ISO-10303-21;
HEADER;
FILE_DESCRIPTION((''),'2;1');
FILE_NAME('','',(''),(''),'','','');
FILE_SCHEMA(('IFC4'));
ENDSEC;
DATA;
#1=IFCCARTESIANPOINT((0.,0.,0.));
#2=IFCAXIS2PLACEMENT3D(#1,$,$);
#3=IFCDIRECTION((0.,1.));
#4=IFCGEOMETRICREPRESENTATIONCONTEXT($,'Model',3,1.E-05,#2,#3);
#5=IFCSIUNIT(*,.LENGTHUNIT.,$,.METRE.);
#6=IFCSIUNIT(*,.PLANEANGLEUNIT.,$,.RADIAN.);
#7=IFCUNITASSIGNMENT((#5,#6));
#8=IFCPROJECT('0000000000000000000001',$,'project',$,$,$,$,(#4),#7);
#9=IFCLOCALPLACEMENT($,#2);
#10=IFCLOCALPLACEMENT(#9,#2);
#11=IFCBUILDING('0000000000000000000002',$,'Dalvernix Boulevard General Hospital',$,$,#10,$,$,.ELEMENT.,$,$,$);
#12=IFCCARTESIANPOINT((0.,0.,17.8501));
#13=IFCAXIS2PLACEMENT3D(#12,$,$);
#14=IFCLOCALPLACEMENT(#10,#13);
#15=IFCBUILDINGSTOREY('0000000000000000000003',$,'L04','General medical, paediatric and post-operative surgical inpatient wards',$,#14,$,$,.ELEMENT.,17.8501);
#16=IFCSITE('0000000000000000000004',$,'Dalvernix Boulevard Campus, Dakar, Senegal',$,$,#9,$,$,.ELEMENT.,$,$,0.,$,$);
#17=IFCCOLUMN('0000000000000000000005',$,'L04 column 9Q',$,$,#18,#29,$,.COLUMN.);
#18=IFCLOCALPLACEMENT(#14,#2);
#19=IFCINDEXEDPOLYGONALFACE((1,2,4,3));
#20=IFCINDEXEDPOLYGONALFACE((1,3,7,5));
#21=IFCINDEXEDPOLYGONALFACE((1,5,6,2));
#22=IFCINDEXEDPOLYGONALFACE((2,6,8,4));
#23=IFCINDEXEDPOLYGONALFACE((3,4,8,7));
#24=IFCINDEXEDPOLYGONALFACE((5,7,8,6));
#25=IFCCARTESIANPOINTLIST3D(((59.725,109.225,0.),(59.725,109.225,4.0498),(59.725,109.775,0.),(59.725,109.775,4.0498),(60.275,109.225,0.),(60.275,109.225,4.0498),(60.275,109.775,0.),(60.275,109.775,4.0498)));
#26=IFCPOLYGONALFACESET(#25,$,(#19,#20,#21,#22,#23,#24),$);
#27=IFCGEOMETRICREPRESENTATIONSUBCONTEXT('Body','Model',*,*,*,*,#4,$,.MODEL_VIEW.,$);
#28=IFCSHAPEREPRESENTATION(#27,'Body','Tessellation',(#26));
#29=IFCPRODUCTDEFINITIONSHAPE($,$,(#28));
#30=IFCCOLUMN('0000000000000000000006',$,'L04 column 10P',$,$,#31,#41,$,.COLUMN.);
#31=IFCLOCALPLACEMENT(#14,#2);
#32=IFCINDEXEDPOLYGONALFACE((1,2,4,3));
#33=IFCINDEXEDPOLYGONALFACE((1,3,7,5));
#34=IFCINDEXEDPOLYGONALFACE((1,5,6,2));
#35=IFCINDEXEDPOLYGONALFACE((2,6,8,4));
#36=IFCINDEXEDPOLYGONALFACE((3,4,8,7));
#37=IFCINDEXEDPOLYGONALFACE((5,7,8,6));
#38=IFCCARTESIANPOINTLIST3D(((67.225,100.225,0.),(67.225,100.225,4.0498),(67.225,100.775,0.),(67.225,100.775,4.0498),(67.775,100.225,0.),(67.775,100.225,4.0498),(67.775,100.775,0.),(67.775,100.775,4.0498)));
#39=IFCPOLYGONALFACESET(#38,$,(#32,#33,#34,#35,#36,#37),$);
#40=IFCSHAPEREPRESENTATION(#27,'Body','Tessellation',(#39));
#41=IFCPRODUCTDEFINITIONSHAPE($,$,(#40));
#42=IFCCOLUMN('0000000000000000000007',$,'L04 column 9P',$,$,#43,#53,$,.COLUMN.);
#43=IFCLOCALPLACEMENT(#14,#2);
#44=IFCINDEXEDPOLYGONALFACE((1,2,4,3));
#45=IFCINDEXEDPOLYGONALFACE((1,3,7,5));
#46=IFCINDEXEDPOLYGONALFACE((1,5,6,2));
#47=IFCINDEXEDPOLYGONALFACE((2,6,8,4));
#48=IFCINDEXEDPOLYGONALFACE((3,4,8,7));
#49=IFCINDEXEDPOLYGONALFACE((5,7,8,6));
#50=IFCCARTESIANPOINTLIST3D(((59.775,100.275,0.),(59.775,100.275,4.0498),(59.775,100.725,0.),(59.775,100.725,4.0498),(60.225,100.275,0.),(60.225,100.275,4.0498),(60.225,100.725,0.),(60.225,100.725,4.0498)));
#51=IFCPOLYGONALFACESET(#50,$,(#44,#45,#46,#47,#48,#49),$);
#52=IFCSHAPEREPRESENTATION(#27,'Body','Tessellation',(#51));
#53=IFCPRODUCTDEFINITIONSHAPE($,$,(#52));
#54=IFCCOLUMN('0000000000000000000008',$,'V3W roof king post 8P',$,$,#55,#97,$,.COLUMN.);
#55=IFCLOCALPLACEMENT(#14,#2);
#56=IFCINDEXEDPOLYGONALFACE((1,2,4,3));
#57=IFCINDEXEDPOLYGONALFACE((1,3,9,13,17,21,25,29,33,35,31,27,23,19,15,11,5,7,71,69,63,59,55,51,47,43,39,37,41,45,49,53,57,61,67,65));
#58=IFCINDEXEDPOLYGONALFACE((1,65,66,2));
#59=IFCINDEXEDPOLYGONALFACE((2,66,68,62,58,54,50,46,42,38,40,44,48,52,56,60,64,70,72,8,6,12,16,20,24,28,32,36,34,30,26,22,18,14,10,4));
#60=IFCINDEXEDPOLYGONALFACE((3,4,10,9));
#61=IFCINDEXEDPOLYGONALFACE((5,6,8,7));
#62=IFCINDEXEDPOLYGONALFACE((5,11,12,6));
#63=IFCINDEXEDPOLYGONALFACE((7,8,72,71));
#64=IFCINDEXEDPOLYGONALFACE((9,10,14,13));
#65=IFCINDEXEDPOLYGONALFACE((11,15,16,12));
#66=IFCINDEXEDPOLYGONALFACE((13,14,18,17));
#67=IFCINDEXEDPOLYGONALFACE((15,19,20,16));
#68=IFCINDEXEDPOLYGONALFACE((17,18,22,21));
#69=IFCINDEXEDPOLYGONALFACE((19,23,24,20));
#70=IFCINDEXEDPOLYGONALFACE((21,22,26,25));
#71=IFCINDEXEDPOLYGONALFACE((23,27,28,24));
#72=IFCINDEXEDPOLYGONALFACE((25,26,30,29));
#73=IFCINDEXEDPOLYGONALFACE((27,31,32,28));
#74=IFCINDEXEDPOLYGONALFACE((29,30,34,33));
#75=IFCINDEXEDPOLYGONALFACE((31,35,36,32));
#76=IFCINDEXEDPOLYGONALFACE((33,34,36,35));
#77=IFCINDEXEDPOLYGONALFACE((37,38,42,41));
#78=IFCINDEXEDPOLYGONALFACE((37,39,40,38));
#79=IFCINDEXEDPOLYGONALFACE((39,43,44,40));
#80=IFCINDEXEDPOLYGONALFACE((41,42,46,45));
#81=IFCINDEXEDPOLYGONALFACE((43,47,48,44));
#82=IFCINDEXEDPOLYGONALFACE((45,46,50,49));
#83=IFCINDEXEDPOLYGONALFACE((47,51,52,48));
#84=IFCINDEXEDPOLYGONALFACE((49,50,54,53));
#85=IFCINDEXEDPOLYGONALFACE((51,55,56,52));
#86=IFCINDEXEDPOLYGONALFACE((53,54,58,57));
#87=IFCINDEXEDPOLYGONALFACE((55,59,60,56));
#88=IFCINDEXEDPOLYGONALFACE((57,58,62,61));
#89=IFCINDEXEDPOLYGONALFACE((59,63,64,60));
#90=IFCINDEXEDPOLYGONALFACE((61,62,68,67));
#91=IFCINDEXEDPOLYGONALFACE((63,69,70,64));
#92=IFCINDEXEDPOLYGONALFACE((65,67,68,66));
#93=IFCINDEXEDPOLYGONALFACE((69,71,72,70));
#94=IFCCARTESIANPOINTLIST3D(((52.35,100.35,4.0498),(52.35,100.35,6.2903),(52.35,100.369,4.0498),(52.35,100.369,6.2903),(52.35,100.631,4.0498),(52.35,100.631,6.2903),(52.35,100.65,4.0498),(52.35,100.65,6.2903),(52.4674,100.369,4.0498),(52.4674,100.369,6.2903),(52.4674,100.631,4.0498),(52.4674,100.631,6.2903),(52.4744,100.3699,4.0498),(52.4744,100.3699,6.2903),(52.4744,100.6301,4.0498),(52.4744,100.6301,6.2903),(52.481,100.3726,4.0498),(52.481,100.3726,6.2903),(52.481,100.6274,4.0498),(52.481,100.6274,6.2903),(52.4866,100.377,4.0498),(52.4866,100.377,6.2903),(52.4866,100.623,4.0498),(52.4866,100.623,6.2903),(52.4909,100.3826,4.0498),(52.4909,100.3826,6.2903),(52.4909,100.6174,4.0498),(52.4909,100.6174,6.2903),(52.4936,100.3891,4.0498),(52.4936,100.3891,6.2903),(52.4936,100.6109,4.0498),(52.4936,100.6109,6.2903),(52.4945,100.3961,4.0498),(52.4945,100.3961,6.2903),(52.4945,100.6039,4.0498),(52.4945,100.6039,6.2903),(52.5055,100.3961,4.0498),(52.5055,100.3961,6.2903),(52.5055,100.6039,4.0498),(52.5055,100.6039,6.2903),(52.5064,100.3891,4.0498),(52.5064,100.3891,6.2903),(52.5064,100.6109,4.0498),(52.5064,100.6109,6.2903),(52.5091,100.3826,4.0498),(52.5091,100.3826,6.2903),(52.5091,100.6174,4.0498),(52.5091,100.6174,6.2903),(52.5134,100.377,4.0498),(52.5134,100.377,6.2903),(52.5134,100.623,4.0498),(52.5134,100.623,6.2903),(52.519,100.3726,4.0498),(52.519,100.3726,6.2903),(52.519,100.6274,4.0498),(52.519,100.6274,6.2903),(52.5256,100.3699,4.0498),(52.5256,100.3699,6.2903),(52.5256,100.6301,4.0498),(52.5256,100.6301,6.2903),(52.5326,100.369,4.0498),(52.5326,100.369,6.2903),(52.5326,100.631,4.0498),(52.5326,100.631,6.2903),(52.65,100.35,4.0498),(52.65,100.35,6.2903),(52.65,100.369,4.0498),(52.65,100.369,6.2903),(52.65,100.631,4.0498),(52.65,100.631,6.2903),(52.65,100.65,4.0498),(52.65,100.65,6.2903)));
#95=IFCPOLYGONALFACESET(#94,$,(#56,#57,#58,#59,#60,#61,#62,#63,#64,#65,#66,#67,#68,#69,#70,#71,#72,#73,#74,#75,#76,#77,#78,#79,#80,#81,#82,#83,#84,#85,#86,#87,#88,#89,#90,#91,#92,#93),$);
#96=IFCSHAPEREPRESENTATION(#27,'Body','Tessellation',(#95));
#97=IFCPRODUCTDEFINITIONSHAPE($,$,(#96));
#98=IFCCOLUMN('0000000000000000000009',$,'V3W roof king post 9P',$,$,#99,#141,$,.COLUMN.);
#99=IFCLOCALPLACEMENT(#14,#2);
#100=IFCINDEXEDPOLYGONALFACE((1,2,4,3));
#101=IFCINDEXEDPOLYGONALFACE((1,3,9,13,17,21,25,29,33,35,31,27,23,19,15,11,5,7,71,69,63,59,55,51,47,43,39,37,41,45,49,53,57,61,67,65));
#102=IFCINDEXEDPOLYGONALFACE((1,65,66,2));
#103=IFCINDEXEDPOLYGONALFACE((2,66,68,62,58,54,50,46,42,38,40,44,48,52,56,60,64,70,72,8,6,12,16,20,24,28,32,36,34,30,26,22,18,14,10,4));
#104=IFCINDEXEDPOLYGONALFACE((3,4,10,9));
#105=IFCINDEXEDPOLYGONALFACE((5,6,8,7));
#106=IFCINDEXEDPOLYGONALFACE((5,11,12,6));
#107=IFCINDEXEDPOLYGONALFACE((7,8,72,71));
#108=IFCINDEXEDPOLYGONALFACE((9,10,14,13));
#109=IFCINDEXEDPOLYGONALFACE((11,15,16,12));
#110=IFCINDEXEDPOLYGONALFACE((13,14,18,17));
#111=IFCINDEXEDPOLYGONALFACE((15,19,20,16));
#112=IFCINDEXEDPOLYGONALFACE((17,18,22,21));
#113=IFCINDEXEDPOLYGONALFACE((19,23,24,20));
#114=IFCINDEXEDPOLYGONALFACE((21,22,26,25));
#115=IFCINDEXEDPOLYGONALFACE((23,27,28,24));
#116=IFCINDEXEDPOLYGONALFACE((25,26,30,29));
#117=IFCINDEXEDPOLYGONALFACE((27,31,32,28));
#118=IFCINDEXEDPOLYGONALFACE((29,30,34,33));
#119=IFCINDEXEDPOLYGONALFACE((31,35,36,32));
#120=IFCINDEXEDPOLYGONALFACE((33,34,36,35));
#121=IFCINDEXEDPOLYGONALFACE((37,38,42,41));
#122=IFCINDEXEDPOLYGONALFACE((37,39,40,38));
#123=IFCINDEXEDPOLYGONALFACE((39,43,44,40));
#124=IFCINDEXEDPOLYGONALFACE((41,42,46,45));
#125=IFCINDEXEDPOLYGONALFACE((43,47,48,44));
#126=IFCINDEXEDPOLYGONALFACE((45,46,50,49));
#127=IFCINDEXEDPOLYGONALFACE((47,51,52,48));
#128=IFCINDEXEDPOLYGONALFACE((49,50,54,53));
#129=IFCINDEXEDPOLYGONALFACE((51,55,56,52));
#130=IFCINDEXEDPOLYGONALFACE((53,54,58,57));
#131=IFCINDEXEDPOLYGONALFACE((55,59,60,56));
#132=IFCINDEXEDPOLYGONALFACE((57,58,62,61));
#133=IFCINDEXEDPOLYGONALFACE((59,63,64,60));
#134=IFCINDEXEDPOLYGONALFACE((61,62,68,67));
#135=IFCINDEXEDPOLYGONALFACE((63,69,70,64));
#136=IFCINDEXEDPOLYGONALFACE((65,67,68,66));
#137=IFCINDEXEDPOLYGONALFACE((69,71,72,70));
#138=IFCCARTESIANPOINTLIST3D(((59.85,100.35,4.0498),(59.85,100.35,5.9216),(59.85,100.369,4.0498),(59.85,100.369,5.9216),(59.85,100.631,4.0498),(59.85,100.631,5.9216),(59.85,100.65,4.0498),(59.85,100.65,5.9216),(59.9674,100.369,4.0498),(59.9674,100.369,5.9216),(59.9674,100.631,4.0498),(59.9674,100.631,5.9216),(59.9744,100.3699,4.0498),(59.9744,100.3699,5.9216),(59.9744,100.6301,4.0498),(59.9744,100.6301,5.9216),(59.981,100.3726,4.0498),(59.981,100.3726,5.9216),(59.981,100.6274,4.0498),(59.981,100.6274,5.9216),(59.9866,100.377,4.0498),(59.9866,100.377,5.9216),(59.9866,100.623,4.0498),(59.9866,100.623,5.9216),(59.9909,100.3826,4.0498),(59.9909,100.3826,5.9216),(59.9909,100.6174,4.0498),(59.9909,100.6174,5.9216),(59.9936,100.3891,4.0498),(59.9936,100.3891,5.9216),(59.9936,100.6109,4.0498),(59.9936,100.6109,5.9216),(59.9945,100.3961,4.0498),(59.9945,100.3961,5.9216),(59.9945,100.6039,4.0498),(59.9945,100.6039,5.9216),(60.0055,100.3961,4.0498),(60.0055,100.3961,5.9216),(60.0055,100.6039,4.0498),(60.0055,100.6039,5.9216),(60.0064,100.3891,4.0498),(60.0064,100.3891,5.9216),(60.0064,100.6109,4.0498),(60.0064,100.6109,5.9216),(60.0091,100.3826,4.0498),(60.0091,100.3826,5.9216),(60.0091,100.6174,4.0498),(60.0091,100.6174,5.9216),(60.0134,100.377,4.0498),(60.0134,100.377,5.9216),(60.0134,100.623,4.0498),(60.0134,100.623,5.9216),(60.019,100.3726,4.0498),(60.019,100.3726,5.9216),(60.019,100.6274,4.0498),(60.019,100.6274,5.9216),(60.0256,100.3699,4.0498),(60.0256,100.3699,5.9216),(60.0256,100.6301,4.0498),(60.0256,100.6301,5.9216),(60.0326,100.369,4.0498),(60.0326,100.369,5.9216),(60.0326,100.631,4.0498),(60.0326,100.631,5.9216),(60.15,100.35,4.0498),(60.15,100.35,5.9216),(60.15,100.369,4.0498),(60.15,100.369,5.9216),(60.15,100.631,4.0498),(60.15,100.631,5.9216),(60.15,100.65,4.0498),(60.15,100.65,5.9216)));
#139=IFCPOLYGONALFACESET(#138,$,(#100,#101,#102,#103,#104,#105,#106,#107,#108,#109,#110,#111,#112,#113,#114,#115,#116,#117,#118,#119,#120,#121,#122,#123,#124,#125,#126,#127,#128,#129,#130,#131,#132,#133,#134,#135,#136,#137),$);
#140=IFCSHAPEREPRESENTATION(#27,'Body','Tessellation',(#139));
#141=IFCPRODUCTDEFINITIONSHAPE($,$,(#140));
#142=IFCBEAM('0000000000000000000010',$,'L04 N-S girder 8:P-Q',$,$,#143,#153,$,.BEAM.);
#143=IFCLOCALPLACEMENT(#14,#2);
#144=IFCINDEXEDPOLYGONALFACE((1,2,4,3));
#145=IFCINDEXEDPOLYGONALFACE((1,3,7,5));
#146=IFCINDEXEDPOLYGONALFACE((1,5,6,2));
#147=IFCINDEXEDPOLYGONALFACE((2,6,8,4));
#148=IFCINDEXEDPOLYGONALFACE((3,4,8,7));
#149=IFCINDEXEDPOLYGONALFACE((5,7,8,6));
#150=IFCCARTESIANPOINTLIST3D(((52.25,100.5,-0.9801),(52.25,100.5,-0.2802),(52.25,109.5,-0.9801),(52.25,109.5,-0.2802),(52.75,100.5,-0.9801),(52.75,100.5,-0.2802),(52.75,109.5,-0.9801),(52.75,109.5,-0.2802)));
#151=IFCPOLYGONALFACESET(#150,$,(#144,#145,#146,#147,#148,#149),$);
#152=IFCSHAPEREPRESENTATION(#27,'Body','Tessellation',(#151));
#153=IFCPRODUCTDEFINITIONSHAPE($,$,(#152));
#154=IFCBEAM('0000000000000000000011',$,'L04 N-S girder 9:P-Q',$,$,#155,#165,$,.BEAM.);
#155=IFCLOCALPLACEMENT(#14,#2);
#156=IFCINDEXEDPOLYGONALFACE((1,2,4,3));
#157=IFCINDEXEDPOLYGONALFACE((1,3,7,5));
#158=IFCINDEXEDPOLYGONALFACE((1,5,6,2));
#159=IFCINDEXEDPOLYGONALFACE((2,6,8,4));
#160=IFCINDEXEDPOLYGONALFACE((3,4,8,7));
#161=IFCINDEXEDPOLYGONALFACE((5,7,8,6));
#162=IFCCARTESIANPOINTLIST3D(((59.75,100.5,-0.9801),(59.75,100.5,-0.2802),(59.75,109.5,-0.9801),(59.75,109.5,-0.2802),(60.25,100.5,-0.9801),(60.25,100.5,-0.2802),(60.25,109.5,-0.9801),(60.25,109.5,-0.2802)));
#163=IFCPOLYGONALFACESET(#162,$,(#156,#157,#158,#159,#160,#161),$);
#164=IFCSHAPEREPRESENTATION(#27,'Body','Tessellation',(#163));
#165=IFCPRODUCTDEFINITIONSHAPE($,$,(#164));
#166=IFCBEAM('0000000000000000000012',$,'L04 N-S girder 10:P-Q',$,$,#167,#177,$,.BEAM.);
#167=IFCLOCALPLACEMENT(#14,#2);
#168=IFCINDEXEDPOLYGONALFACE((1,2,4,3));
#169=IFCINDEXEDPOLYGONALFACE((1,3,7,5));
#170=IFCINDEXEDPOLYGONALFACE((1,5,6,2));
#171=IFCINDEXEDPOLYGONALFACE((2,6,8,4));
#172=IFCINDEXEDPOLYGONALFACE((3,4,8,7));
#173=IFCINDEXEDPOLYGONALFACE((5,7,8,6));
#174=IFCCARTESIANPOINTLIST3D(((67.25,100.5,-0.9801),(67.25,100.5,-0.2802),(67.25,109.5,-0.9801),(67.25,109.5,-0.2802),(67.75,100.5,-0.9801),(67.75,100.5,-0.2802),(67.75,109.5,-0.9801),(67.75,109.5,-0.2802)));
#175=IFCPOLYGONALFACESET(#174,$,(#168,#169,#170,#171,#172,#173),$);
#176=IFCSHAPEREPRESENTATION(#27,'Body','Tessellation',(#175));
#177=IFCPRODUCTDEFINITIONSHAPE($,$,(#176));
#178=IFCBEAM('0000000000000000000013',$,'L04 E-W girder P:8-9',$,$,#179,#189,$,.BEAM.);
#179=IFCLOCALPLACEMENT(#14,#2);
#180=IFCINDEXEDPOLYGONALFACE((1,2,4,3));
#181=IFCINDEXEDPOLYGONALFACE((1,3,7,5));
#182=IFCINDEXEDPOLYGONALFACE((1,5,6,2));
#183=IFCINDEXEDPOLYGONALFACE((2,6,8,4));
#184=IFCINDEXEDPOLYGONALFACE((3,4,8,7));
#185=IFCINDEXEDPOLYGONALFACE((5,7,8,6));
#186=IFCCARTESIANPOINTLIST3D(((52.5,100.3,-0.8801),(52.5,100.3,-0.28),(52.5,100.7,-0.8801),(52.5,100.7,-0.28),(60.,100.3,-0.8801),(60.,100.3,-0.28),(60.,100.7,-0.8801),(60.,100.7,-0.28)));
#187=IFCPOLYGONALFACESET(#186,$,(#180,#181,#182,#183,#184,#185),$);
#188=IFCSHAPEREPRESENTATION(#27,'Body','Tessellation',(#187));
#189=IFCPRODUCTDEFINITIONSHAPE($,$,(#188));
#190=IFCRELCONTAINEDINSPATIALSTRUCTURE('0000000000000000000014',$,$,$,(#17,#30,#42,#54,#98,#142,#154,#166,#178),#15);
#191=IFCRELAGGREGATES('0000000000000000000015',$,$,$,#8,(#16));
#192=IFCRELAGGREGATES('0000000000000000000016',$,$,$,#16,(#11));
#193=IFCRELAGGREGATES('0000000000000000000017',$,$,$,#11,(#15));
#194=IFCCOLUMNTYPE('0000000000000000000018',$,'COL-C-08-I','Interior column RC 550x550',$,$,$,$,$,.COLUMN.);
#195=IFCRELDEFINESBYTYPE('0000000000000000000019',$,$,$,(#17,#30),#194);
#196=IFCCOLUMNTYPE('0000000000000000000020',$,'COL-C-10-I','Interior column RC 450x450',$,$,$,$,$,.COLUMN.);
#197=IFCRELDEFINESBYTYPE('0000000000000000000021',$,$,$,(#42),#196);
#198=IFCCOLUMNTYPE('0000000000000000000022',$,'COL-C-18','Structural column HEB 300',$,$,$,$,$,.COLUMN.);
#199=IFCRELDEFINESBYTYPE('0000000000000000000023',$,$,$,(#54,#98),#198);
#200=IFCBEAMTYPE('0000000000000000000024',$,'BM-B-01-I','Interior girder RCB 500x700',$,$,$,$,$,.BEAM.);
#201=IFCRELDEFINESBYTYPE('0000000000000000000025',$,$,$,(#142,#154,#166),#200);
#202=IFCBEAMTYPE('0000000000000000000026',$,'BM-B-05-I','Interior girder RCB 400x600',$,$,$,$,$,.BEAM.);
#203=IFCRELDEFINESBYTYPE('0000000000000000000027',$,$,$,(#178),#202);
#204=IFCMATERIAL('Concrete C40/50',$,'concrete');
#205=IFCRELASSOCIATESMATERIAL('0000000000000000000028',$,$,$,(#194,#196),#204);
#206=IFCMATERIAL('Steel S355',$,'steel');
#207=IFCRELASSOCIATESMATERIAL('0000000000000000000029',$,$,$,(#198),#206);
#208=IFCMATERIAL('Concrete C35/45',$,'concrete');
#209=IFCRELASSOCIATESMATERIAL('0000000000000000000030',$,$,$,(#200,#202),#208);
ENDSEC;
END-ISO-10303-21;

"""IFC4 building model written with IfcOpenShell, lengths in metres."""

from ifc_helpers import new_model, si_unit, direction, frame, origin, origin_2d, place, context, subcontext, project, spatial, rectangle, i_section, extrude, material, material_profile, profile_set, type_object, element, save


model = new_model("IFC4")

# Units and contexts
model_context = context("Model", 3, precision=1e-05, world=origin(), true_north=direction((0.0, 1.0)))
body_context = subcontext(model_context, "Body", "Model", "MODEL_VIEW")
ifc_project = project(units=[si_unit("LENGTHUNIT", "METRE"), si_unit("PLANEANGLEUNIT", "RADIAN")], contexts=[model_context])

# Site, building, storey
site_placement = place(None, origin())
site = spatial("IfcSite", under=ifc_project, at=site_placement, Name="Dalvernix Boulevard Campus, Dakar, Senegal", CompositionType="ELEMENT", RefElevation=0.0)
building_placement = place(site_placement, origin())
building = spatial("IfcBuilding", under=site, at=building_placement, Name="Dalvernix Boulevard General Hospital", CompositionType="ELEMENT")
storey_placement = place(building_placement, frame((0.0, 0.0, 17.8501)))
storey = spatial("IfcBuildingStorey", under=building, at=storey_placement, Name="L04", Description="General medical, paediatric and post-operative surgical inpatient wards", CompositionType="ELEMENT", Elevation=17.8501)

# Columns
ifc_material_1 = material(Name="Concrete C40/50", Category="concrete")
ifc_material_profile_1 = material_profile(ifc_material_1, rectangle(XDim=0.55, YDim=0.55, at=origin_2d()), Name="RC 550x550")
ifc_profile_set_1 = profile_set([ifc_material_profile_1], Name="Concrete C40/50")
column_type_1 = type_object("IfcColumnType", Name="COL-C-08-I", Description="Interior column RC 550x550", PredefinedType="COLUMN", material=ifc_profile_set_1)
for number, where, z_axis, x_axis, name in (
    (1, (60.0, 109.5, 0.0), (0.0, 0.0, 1.0), (1.0, 0.0, 0.0), "L04 column 9Q"),
    (2, (67.5, 100.5, 0.0), (0.0, 0.0, 1.0), (1.0, 0.0, 0.0), "L04 column 10P"),
):
    element("IfcColumn", number, at=place(storey_placement, frame(where, z_axis=z_axis, x_axis=x_axis)), inside=storey, type_object=column_type_1, Name=name, PredefinedType="COLUMN", context=body_context, shape_type="SweptSolid", body=[
        extrude(rectangle(XDim=0.55, YDim=0.55, at=origin_2d()), origin(), (0.0, 0.0, 1.0), 4.0498),
    ])
ifc_material_profile_2 = material_profile(ifc_material_1, rectangle(XDim=0.45, YDim=0.45, at=origin_2d()), Name="RC 450x450")
ifc_profile_set_2 = profile_set([ifc_material_profile_2], Name="Concrete C40/50")
column_type_2 = type_object("IfcColumnType", Name="COL-C-10-I", Description="Interior column RC 450x450", PredefinedType="COLUMN", material=ifc_profile_set_2)
column_1_placement = place(storey_placement, frame((60.0, 100.5, 0.0), z_axis=(0.0, 0.0, 1.0), x_axis=(1.0, 0.0, 0.0)))
element("IfcColumn", 3, at=column_1_placement, inside=storey, type_object=column_type_2, Name="L04 column 9P", PredefinedType="COLUMN", context=body_context, shape_type="SweptSolid", body=[
    extrude(rectangle(XDim=0.45, YDim=0.45, at=origin_2d()), origin(), (0.0, 0.0, 1.0), 4.0498),
])
ifc_material_2 = material(Name="Steel S355", Category="steel")
ifc_material_profile_3 = material_profile(ifc_material_2, i_section(OverallWidth=0.3, OverallDepth=0.3, WebThickness=0.011, FlangeThickness=0.019, FilletRadius=0.0271, at=origin_2d()), Name="HEB 300")
ifc_profile_set_3 = profile_set([ifc_material_profile_3], Name="Steel S355")
column_type_3 = type_object("IfcColumnType", Name="COL-C-18", Description="Structural column HEB 300", PredefinedType="COLUMN", material=ifc_profile_set_3)
column_2_placement = place(storey_placement, frame((52.5, 100.5, 4.0498), z_axis=(0.0, 0.0, 1.0), x_axis=(1.0, 0.0, 0.0)))
element("IfcColumn", 4, at=column_2_placement, inside=storey, type_object=column_type_3, Name="V3W roof king post 8P", PredefinedType="COLUMN", context=body_context, shape_type="SweptSolid", body=[
    extrude(i_section(OverallWidth=0.3, OverallDepth=0.3, WebThickness=0.011, FlangeThickness=0.019, FilletRadius=0.0271, at=origin_2d()), origin(), (0.0, 0.0, 1.0), 2.2405),
])
column_3_placement = place(storey_placement, frame((60.0, 100.5, 4.0498), z_axis=(0.0, 0.0, 1.0), x_axis=(1.0, 0.0, 0.0)))
element("IfcColumn", 5, at=column_3_placement, inside=storey, type_object=column_type_3, Name="V3W roof king post 9P", PredefinedType="COLUMN", context=body_context, shape_type="SweptSolid", body=[
    extrude(i_section(OverallWidth=0.3, OverallDepth=0.3, WebThickness=0.011, FlangeThickness=0.019, FilletRadius=0.0271, at=origin_2d()), origin(), (0.0, 0.0, 1.0), 1.8718),
])

# Beams
ifc_material_3 = material(Name="Concrete C35/45", Category="concrete")
ifc_material_profile_4 = material_profile(ifc_material_3, rectangle(XDim=0.5, YDim=0.7, at=origin_2d()), Name="RCB 500x700")
ifc_profile_set_4 = profile_set([ifc_material_profile_4], Name="Concrete C35/45")
beam_type_1 = type_object("IfcBeamType", Name="BM-B-01-I", Description="Interior girder RCB 500x700", PredefinedType="BEAM", material=ifc_profile_set_4)
for number, where, z_axis, x_axis, name in (
    (6, (52.5, 100.5, -0.6301), (0.0, 1.0, 0.0), (-1.0, 0.0, 0.0), "L04 N-S girder 8:P-Q"),
    (7, (60.0, 100.5, -0.6301), (0.0, 1.0, 0.0), (-1.0, 0.0, 0.0), "L04 N-S girder 9:P-Q"),
    (8, (67.5, 100.5, -0.6301), (0.0, 1.0, 0.0), (-1.0, 0.0, 0.0), "L04 N-S girder 10:P-Q"),
):
    element("IfcBeam", number, at=place(storey_placement, frame(where, z_axis=z_axis, x_axis=x_axis)), inside=storey, type_object=beam_type_1, Name=name, PredefinedType="BEAM", context=body_context, shape_type="SweptSolid", body=[
        extrude(rectangle(XDim=0.5, YDim=0.7, at=origin_2d()), origin(), (0.0, 0.0, 1.0), 9.0),
    ])
ifc_material_profile_5 = material_profile(ifc_material_3, rectangle(XDim=0.3999, YDim=0.6001, at=origin_2d()), Name="RCB 400x600")
ifc_profile_set_5 = profile_set([ifc_material_profile_5], Name="Concrete C35/45")
beam_type_2 = type_object("IfcBeamType", Name="BM-B-05-I", Description="Interior girder RCB 400x600", PredefinedType="BEAM", material=ifc_profile_set_5)
for number, where, z_axis, x_axis, name in (
    (9, (52.5, 100.5, -0.5801), (1.0, 0.0, 0.0), (0.0, 1.0, 0.0), "L04 E-W girder P:8-9"),
):
    element("IfcBeam", number, at=place(storey_placement, frame(where, z_axis=z_axis, x_axis=x_axis)), inside=storey, type_object=beam_type_2, Name=name, PredefinedType="BEAM", context=body_context, shape_type="SweptSolid", body=[
        extrude(rectangle(XDim=0.3999, YDim=0.6001, at=origin_2d()), origin(), (0.0, 0.0, 1.0), 7.5),
    ])

save(model, "model.ifc")
